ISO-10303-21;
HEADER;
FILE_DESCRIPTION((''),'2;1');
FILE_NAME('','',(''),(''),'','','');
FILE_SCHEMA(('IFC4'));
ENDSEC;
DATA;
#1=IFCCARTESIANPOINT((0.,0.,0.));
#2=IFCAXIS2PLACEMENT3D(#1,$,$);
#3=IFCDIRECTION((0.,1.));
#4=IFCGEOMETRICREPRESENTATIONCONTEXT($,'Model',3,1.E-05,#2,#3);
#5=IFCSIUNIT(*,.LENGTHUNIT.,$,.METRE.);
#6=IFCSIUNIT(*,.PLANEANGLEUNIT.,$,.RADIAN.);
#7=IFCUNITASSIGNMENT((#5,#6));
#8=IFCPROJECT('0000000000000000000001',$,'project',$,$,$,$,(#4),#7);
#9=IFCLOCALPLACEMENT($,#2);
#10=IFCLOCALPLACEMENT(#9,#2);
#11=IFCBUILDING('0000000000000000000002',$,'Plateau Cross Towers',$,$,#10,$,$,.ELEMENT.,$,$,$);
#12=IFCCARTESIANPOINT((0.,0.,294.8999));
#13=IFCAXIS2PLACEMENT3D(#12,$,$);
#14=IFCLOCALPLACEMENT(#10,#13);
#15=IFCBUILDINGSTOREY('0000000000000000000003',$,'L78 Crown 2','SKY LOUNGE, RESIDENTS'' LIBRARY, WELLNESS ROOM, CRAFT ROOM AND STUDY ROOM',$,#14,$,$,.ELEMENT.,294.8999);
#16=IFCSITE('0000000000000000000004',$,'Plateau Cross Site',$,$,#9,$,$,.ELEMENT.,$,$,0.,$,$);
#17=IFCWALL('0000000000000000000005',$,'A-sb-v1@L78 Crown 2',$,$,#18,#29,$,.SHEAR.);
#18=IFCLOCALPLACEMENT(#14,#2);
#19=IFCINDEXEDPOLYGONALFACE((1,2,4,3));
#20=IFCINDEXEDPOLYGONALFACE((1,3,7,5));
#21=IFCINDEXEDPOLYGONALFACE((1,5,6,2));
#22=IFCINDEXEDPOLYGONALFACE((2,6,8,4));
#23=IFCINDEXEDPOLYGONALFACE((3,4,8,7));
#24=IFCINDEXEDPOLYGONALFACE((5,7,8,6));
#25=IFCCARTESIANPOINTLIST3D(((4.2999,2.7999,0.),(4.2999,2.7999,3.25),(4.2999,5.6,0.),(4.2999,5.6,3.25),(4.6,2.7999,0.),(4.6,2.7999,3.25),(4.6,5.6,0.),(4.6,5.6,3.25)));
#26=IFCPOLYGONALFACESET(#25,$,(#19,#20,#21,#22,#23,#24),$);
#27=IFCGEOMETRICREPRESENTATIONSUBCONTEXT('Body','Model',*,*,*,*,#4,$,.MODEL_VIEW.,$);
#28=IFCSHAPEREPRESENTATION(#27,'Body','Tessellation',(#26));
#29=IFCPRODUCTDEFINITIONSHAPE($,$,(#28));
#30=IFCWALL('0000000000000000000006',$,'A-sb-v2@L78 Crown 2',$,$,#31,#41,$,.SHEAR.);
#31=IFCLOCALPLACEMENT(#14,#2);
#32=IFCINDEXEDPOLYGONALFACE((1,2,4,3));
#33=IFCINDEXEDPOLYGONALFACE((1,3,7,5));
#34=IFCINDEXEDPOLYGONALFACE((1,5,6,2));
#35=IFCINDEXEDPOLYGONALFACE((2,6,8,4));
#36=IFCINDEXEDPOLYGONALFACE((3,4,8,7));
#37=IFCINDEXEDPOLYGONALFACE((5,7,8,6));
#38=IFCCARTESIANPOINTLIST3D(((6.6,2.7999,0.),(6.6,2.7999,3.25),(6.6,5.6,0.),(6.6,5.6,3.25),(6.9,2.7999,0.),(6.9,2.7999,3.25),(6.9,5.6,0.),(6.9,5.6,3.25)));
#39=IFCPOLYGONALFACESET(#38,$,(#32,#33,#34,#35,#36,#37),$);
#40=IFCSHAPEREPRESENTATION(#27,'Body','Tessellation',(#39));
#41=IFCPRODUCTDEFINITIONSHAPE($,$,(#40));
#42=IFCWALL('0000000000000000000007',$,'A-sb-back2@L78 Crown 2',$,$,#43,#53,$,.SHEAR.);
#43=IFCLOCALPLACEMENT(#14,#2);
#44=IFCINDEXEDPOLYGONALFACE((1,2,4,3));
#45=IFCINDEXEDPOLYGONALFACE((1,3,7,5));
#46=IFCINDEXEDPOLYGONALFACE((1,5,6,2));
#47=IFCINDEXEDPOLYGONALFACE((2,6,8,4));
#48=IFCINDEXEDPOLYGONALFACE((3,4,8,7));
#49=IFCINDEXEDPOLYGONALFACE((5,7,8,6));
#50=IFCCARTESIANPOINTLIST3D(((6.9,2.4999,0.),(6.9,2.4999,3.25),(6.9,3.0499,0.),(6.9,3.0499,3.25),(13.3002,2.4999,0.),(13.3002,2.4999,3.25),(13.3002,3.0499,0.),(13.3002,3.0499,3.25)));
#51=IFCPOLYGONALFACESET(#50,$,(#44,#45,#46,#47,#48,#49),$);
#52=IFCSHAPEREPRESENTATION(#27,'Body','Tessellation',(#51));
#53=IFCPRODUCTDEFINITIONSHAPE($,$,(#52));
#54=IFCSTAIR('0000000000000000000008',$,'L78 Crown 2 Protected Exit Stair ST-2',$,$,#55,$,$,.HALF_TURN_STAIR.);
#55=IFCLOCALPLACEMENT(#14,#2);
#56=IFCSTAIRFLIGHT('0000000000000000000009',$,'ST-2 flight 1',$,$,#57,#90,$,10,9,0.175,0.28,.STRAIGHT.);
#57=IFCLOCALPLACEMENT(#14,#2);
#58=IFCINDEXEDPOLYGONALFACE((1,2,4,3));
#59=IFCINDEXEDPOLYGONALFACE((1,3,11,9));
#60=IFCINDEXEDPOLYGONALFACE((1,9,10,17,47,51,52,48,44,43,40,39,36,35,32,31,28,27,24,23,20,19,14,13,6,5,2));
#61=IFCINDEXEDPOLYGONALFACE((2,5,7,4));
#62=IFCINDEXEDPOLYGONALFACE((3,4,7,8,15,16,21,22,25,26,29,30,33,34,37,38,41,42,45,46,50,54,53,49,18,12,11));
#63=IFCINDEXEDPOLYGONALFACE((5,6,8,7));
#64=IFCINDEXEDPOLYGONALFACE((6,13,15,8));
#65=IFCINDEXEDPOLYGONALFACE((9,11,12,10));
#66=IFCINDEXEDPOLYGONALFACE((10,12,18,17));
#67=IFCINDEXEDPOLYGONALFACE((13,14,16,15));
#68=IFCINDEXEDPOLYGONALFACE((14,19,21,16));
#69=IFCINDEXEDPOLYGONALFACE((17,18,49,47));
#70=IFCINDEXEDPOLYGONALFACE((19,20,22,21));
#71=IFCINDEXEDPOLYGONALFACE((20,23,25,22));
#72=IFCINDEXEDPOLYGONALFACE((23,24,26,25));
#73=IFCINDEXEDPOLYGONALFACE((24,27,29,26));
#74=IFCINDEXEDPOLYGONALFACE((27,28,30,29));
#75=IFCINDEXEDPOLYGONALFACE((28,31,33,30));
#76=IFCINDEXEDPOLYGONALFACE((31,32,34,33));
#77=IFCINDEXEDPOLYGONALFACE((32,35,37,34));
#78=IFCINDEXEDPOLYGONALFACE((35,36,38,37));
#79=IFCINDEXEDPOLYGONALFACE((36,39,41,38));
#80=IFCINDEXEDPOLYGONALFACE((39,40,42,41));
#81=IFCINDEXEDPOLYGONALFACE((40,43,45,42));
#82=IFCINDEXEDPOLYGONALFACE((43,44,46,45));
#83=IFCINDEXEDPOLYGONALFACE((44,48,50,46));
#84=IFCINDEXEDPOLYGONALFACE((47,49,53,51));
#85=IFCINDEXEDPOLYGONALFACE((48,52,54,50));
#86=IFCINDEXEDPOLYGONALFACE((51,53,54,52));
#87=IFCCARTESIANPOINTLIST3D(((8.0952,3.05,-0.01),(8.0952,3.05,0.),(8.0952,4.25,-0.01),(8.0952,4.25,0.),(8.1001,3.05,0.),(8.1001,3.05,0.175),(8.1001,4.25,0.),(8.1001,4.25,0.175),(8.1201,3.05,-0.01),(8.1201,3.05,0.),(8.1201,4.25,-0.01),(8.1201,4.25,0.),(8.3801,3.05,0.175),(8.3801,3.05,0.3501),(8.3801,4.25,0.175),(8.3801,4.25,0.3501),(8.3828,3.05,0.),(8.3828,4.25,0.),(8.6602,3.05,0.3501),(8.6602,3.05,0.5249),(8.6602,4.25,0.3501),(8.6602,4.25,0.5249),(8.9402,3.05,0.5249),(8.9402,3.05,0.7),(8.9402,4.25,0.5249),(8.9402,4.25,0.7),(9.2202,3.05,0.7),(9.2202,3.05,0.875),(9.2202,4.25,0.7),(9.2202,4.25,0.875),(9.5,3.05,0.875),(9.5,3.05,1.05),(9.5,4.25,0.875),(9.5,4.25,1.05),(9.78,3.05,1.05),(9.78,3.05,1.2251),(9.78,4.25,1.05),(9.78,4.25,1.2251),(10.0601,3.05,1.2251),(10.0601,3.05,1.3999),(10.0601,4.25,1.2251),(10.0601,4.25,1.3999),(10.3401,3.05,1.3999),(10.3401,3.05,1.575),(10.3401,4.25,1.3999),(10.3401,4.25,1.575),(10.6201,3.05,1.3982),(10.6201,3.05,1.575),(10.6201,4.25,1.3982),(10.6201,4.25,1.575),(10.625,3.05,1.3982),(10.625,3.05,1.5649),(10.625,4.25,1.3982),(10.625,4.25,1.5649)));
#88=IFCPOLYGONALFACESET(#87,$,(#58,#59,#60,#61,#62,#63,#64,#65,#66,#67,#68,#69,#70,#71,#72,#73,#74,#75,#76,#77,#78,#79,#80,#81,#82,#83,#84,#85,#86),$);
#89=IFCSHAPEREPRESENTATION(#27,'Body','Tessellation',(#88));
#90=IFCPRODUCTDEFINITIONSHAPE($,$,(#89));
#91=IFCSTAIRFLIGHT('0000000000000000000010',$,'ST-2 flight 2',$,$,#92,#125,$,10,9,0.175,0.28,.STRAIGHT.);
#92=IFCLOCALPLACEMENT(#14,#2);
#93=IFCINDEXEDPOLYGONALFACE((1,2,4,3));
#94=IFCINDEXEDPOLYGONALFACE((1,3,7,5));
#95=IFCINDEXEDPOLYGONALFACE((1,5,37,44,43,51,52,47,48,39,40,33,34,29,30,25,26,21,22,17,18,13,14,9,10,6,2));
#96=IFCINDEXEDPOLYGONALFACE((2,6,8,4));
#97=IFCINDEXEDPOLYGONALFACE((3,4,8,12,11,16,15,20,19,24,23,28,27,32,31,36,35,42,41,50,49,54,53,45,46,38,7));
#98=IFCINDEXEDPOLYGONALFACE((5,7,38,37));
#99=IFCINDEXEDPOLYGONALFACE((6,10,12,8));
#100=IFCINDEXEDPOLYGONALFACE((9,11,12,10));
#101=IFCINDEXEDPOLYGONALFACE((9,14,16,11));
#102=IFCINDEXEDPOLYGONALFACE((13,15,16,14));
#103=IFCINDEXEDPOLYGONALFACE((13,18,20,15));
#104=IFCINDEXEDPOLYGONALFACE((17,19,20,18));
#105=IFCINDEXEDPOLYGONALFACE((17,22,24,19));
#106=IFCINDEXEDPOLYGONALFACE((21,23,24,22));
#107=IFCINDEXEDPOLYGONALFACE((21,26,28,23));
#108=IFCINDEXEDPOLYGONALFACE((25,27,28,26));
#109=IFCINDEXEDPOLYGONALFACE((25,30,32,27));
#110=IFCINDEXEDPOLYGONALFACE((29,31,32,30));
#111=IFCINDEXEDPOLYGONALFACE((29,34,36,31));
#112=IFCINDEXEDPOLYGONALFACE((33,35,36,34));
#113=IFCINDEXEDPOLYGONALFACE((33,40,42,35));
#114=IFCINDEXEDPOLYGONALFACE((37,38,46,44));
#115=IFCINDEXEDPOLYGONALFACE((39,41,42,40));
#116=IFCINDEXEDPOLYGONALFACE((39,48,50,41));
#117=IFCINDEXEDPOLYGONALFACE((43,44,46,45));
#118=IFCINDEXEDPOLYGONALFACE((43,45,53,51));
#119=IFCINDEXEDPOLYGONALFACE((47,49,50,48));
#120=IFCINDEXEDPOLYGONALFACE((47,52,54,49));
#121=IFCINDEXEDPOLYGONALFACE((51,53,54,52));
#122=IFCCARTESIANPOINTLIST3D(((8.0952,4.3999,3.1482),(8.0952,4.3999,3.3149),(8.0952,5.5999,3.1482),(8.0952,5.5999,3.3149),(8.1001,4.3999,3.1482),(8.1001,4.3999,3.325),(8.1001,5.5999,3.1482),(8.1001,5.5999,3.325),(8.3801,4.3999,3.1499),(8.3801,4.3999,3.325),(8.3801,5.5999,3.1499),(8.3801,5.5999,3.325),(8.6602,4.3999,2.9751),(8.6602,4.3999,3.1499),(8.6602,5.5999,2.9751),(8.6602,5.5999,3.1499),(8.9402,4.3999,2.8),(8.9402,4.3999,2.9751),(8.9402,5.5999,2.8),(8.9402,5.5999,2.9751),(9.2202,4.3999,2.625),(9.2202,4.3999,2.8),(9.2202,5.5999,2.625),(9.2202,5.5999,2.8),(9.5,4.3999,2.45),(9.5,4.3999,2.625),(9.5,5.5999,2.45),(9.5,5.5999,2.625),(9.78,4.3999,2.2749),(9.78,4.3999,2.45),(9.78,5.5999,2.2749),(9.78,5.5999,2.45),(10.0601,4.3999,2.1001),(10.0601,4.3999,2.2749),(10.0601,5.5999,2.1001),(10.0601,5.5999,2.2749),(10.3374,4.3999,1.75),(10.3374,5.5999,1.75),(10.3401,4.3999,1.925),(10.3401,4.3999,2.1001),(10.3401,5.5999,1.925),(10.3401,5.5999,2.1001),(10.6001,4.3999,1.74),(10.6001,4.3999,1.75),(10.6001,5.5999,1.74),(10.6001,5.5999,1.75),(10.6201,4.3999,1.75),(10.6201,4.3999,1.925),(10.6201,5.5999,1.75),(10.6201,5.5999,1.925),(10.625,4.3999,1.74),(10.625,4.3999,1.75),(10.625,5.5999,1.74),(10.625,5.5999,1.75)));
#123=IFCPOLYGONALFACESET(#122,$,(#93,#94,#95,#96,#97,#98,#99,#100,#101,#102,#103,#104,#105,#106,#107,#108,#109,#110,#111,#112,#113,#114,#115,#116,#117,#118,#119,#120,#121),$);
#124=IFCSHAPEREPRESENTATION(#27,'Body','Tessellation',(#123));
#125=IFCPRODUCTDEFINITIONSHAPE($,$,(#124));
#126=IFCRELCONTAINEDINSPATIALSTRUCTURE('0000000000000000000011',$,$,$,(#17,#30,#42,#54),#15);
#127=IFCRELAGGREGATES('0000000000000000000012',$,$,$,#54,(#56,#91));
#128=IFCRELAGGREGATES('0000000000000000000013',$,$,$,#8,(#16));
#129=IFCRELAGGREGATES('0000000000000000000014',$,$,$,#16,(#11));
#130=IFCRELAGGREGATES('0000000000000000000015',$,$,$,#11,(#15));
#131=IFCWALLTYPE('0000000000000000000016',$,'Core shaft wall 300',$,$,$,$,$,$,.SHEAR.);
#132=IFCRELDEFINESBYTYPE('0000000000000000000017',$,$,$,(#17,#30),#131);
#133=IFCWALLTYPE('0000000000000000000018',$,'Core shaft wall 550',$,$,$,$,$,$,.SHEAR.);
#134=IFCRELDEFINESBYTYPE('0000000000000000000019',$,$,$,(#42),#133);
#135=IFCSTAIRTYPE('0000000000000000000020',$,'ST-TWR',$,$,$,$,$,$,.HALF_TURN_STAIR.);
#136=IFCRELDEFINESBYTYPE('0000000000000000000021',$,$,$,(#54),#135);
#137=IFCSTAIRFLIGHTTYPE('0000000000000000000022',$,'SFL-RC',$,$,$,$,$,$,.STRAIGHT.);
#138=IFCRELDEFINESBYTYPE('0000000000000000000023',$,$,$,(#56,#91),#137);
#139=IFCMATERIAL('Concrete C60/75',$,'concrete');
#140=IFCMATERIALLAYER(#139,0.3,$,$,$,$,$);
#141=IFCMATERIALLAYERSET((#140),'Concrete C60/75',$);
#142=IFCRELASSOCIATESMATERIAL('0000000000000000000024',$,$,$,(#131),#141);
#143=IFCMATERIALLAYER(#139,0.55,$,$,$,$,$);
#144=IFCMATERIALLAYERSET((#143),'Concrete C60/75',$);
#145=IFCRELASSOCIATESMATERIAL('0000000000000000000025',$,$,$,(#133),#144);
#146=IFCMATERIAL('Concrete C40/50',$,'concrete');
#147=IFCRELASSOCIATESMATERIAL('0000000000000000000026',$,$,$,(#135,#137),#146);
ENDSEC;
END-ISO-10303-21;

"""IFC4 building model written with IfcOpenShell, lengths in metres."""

from ifc_helpers import new_model, si_unit, direction, frame, frame_2d, origin, place, context, subcontext, project, spatial, polyline, rectangle, outline, extrude, material, layer, layer_set, type_object, element, aggregate, save


model = new_model("IFC4")

# Units and contexts
model_context = context("Model", 3, precision=1e-05, world=origin(), true_north=direction((0.0, 1.0)))
body_context = subcontext(model_context, "Body", "Model", "MODEL_VIEW")
ifc_project = project(units=[si_unit("LENGTHUNIT", "METRE"), si_unit("PLANEANGLEUNIT", "RADIAN")], contexts=[model_context])

# Site, building, storey
site_placement = place(None, origin())
site = spatial("IfcSite", under=ifc_project, at=site_placement, Name="Plateau Cross Site", CompositionType="ELEMENT", RefElevation=0.0)
building_placement = place(site_placement, origin())
building = spatial("IfcBuilding", under=site, at=building_placement, Name="Plateau Cross Towers", CompositionType="ELEMENT")
storey_placement = place(building_placement, frame((0.0, 0.0, 294.8999)))
storey = spatial("IfcBuildingStorey", under=building, at=storey_placement, Name="L78 Crown 2", Description="SKY LOUNGE, RESIDENTS' LIBRARY, WELLNESS ROOM, CRAFT ROOM AND STUDY ROOM", CompositionType="ELEMENT", Elevation=294.8999)

# Walls
ifc_material_1 = material(Name="Concrete C60/75", Category="concrete")
ifc_layer_1 = layer(ifc_material_1, 0.3)
ifc_layer_set_1 = layer_set([ifc_layer_1], Name="Concrete C60/75")
wall_type_1 = type_object("IfcWallType", Name="Core shaft wall 300", PredefinedType="SHEAR", material=ifc_layer_set_1)
for number, where, z_axis, x_axis, name in (
    (1, (4.45, 2.8, 0.0), (0.0, 0.0, 1.0), (0.0, 1.0, 0.0), "A-sb-v1@L78 Crown 2"),
    (2, (6.75, 2.8, 0.0), (0.0, 0.0, 1.0), (0.0, 1.0, 0.0), "A-sb-v2@L78 Crown 2"),
):
    element("IfcWall", number, at=place(storey_placement, frame(where, z_axis=z_axis, x_axis=x_axis)), inside=storey, type_object=wall_type_1, Name=name, PredefinedType="SHEAR", context=body_context, shape_type="SweptSolid", body=[
        extrude(rectangle(XDim=2.8, YDim=0.3, at=frame_2d((1.3999, 0.0))), origin(), (0.0, 0.0, 1.0), 3.25),
    ])
ifc_layer_2 = layer(ifc_material_1, 0.55)
ifc_layer_set_2 = layer_set([ifc_layer_2], Name="Concrete C60/75")
wall_type_2 = type_object("IfcWallType", Name="Core shaft wall 550", PredefinedType="SHEAR", material=ifc_layer_set_2)
wall_1_placement = place(storey_placement, frame((6.8999, 2.7749, 0.0), z_axis=(0.0, 0.0, 1.0), x_axis=(1.0, 0.0, 0.0)))
element("IfcWall", 3, at=wall_1_placement, inside=storey, type_object=wall_type_2, Name="A-sb-back2@L78 Crown 2", PredefinedType="SHEAR", context=body_context, shape_type="SweptSolid", body=[
    extrude(rectangle(XDim=6.4001, YDim=0.55, at=frame_2d((3.2002, 0.0))), origin(), (0.0, 0.0, 1.0), 3.25),
])

# Stair, stair flights
ifc_material_2 = material(Name="Concrete C40/50", Category="concrete")
stair_type = type_object("IfcStairType", Name="ST-TWR", PredefinedType="HALF_TURN_STAIR", material=ifc_material_2)
stair_placement = place(storey_placement, origin())
stair = element("IfcStair", 4, at=stair_placement, inside=storey, type_object=stair_type, Name="L78 Crown 2 Protected Exit Stair ST-2", PredefinedType="HALF_TURN_STAIR")
stair_flight_type = type_object("IfcStairFlightType", Name="SFL-RC", PredefinedType="STRAIGHT", material=ifc_material_2)
stair_flight_1_placement = place(storey_placement, frame((8.1001, 3.6499, 0.0), z_axis=(0.0, 0.0, 1.0), x_axis=(1.0, 0.0, 0.0)))
stair_flight_1 = element("IfcStairFlight", 5, at=stair_flight_1_placement, type_object=stair_flight_type, Name="ST-2 flight 1", NumberOfRisers=10, NumberOfTreads=9, PredefinedType="STRAIGHT", RiserHeight=0.175, TreadLength=0.28, context=body_context, shape_type="SweptSolid", body=[
    extrude(outline(polyline([(-0.0049, -0.01), (-0.0049, 0.0), (0.0, 0.0), (0.0, 0.175), (0.28, 0.175), (0.28, 0.3501), (0.5601, 0.3501), (0.5601, 0.5249), (0.8401, 0.5249), (0.8401, 0.7), (1.1201, 0.7), (1.1201, 0.875), (1.3999, 0.875), (1.3999, 1.05), (1.6799, 1.05), (1.6799, 1.2251), (1.96, 1.2251), (1.96, 1.3999), (2.24, 1.3999), (2.24, 1.575), (2.52, 1.575), (2.5249, 1.5649), (2.5249, 1.3982), (2.52, 1.3982), (0.2827, 0.0), (0.02, 0.0), (0.02, -0.01), (-0.0049, -0.01)])), frame((0.0, 0.6001, 0.0), z_axis=(0.0, -1.0, 0.0), x_axis=(1.0, 0.0, 0.0)), (0.0, 0.0, 1.0), 1.2),
])
stair_flight_2_placement = place(storey_placement, frame((10.6201, 5.0, 1.75), z_axis=(0.0, 0.0, 1.0), x_axis=(-1.0, 0.0, 0.0)))
stair_flight_2 = element("IfcStairFlight", 6, at=stair_flight_2_placement, type_object=stair_flight_type, Name="ST-2 flight 2", NumberOfRisers=10, NumberOfTreads=9, PredefinedType="STRAIGHT", RiserHeight=0.175, TreadLength=0.28, context=body_context, shape_type="SweptSolid", body=[
    extrude(outline(polyline([(-0.0049, -0.01), (-0.0049, 0.0), (0.0, 0.0), (0.0, 0.175), (0.28, 0.175), (0.28, 0.3501), (0.5601, 0.3501), (0.5601, 0.5249), (0.8401, 0.5249), (0.8401, 0.7), (1.1201, 0.7), (1.1201, 0.875), (1.3999, 0.875), (1.3999, 1.05), (1.6799, 1.05), (1.6799, 1.2251), (1.96, 1.2251), (1.96, 1.3999), (2.24, 1.3999), (2.24, 1.575), (2.52, 1.575), (2.5249, 1.5649), (2.5249, 1.3982), (2.52, 1.3982), (0.2827, 0.0), (0.02, 0.0), (0.02, -0.01), (-0.0049, -0.01)])), frame((0.0, 0.6001, 0.0), z_axis=(0.0, -1.0, 0.0), x_axis=(1.0, 0.0, 0.0)), (0.0, 0.0, 1.0), 1.2),
])
aggregate(stair, [stair_flight_1, stair_flight_2])

save(model, "model.ifc")
